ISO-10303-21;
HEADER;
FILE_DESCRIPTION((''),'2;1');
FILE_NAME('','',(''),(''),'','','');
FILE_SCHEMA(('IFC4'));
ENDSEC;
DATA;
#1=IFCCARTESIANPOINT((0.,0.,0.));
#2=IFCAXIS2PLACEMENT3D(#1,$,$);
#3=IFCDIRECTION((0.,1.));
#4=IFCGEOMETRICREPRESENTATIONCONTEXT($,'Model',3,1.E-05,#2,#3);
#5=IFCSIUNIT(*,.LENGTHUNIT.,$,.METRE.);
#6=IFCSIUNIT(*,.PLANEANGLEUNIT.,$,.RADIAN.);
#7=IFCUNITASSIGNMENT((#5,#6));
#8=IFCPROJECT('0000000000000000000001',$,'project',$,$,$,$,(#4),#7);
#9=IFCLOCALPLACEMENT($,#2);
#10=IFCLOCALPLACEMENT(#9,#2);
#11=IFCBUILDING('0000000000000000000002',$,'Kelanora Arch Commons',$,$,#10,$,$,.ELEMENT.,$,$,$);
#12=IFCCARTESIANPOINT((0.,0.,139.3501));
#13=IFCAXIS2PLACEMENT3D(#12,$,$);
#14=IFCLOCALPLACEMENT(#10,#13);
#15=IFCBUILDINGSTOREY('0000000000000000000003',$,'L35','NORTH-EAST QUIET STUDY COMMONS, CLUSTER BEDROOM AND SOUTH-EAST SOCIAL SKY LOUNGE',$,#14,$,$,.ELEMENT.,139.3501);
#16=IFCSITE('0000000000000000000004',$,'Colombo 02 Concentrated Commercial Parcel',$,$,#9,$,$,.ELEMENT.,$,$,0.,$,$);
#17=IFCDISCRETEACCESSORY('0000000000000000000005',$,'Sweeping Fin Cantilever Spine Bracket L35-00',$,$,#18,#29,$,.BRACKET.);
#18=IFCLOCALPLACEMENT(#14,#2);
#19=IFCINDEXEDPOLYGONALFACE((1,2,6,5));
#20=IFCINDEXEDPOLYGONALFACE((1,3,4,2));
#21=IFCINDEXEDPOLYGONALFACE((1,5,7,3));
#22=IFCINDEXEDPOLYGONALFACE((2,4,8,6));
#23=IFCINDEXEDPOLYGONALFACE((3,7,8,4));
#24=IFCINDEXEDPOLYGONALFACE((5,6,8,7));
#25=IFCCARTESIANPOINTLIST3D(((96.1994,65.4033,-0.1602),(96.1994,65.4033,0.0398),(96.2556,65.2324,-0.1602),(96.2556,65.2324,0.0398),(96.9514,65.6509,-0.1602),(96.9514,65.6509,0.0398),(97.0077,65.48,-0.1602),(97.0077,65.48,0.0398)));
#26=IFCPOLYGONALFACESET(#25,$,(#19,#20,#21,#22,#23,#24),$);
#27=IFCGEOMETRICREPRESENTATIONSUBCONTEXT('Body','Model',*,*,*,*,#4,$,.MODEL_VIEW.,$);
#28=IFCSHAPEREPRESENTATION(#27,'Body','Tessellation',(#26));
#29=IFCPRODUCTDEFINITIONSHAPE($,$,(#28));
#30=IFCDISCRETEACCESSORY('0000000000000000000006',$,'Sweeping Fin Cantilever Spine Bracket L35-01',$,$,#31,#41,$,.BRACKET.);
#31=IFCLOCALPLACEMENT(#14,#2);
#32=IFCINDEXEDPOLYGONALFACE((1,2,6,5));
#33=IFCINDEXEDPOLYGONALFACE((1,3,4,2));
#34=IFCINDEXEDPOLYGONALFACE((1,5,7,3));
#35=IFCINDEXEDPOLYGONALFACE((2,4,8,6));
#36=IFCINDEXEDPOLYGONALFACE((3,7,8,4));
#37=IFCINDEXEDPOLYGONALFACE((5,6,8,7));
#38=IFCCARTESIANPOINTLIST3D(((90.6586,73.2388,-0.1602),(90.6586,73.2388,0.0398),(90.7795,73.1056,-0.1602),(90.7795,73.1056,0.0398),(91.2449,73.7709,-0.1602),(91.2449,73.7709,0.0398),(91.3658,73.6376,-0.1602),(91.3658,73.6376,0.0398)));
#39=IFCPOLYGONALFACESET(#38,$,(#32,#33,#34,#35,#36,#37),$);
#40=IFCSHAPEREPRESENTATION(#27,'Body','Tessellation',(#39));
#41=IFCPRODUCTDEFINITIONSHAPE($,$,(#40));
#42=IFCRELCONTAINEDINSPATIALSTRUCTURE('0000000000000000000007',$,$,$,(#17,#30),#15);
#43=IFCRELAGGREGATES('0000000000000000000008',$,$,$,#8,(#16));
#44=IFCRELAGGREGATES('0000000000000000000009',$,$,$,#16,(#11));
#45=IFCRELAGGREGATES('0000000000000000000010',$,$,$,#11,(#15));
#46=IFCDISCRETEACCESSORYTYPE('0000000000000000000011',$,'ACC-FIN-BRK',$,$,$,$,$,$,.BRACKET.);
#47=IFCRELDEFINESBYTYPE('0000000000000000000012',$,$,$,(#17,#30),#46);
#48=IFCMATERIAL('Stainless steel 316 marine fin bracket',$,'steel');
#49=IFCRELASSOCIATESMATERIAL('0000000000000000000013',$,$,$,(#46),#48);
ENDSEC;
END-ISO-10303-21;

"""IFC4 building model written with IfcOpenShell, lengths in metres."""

from ifc_helpers import new_model, si_unit, direction, frame, origin, origin_2d, place, context, subcontext, project, spatial, rectangle, extrude, source, transform, mapped, material, type_object, element, save


model = new_model("IFC4")

# Units and contexts
model_context = context("Model", 3, precision=1e-05, world=origin(), true_north=direction((0.0, 1.0)))
body_context = subcontext(model_context, "Body", "Model", "MODEL_VIEW")
ifc_project = project(units=[si_unit("LENGTHUNIT", "METRE"), si_unit("PLANEANGLEUNIT", "RADIAN")], contexts=[model_context])

# Site, building, storey
site_placement = place(None, origin())
site = spatial("IfcSite", under=ifc_project, at=site_placement, Name="Colombo 02 Concentrated Commercial Parcel", CompositionType="ELEMENT", RefElevation=0.0)
building_placement = place(site_placement, origin())
building = spatial("IfcBuilding", under=site, at=building_placement, Name="Kelanora Arch Commons", CompositionType="ELEMENT")
storey_placement = place(building_placement, frame((0.0, 0.0, 139.3501)))
storey = spatial("IfcBuildingStorey", under=building, at=storey_placement, Name="L35", Description="NORTH-EAST QUIET STUDY COMMONS, CLUSTER BEDROOM AND SOUTH-EAST SOCIAL SKY LOUNGE", CompositionType="ELEMENT", Elevation=139.3501)

# Discrete accessories
ifc_material_1 = material(Name="Stainless steel 316 marine fin bracket", Category="steel")
discrete_accessory_type = type_object("IfcDiscreteAccessoryType", Name="ACC-FIN-BRK", PredefinedType="BRACKET", material=ifc_material_1)
shared_shape_1 = source(origin(), body_context, "Body", "SweptSolid", [
    extrude(rectangle(XDim=0.7917, YDim=0.1799, at=origin_2d()), origin(), (0.0, 0.0, 1.0), 0.2),
])
for number, where, z_axis, x_axis, name in (
    (1, (96.6035, 65.4417, -0.1602), (0.0, 0.0, 1.0), (0.949863, 0.312667, 0.0), "Sweeping Fin Cantilever Spine Bracket L35-00"),
    (2, (91.0122, 73.4382, -0.1602), (0.0, 0.0, 1.0), (0.74057, 0.671979, 0.0), "Sweeping Fin Cantilever Spine Bracket L35-01"),
):
    element("IfcDiscreteAccessory", number, at=place(storey_placement, frame(where, z_axis=z_axis, x_axis=x_axis)), inside=storey, type_object=discrete_accessory_type, Name=name, PredefinedType="BRACKET", context=body_context, shape_type="MappedRepresentation", body=[
        mapped(shared_shape_1, transform((0.0, 0.0, 0.0), scale=1.0)),
    ])

save(model, "model.ifc")
